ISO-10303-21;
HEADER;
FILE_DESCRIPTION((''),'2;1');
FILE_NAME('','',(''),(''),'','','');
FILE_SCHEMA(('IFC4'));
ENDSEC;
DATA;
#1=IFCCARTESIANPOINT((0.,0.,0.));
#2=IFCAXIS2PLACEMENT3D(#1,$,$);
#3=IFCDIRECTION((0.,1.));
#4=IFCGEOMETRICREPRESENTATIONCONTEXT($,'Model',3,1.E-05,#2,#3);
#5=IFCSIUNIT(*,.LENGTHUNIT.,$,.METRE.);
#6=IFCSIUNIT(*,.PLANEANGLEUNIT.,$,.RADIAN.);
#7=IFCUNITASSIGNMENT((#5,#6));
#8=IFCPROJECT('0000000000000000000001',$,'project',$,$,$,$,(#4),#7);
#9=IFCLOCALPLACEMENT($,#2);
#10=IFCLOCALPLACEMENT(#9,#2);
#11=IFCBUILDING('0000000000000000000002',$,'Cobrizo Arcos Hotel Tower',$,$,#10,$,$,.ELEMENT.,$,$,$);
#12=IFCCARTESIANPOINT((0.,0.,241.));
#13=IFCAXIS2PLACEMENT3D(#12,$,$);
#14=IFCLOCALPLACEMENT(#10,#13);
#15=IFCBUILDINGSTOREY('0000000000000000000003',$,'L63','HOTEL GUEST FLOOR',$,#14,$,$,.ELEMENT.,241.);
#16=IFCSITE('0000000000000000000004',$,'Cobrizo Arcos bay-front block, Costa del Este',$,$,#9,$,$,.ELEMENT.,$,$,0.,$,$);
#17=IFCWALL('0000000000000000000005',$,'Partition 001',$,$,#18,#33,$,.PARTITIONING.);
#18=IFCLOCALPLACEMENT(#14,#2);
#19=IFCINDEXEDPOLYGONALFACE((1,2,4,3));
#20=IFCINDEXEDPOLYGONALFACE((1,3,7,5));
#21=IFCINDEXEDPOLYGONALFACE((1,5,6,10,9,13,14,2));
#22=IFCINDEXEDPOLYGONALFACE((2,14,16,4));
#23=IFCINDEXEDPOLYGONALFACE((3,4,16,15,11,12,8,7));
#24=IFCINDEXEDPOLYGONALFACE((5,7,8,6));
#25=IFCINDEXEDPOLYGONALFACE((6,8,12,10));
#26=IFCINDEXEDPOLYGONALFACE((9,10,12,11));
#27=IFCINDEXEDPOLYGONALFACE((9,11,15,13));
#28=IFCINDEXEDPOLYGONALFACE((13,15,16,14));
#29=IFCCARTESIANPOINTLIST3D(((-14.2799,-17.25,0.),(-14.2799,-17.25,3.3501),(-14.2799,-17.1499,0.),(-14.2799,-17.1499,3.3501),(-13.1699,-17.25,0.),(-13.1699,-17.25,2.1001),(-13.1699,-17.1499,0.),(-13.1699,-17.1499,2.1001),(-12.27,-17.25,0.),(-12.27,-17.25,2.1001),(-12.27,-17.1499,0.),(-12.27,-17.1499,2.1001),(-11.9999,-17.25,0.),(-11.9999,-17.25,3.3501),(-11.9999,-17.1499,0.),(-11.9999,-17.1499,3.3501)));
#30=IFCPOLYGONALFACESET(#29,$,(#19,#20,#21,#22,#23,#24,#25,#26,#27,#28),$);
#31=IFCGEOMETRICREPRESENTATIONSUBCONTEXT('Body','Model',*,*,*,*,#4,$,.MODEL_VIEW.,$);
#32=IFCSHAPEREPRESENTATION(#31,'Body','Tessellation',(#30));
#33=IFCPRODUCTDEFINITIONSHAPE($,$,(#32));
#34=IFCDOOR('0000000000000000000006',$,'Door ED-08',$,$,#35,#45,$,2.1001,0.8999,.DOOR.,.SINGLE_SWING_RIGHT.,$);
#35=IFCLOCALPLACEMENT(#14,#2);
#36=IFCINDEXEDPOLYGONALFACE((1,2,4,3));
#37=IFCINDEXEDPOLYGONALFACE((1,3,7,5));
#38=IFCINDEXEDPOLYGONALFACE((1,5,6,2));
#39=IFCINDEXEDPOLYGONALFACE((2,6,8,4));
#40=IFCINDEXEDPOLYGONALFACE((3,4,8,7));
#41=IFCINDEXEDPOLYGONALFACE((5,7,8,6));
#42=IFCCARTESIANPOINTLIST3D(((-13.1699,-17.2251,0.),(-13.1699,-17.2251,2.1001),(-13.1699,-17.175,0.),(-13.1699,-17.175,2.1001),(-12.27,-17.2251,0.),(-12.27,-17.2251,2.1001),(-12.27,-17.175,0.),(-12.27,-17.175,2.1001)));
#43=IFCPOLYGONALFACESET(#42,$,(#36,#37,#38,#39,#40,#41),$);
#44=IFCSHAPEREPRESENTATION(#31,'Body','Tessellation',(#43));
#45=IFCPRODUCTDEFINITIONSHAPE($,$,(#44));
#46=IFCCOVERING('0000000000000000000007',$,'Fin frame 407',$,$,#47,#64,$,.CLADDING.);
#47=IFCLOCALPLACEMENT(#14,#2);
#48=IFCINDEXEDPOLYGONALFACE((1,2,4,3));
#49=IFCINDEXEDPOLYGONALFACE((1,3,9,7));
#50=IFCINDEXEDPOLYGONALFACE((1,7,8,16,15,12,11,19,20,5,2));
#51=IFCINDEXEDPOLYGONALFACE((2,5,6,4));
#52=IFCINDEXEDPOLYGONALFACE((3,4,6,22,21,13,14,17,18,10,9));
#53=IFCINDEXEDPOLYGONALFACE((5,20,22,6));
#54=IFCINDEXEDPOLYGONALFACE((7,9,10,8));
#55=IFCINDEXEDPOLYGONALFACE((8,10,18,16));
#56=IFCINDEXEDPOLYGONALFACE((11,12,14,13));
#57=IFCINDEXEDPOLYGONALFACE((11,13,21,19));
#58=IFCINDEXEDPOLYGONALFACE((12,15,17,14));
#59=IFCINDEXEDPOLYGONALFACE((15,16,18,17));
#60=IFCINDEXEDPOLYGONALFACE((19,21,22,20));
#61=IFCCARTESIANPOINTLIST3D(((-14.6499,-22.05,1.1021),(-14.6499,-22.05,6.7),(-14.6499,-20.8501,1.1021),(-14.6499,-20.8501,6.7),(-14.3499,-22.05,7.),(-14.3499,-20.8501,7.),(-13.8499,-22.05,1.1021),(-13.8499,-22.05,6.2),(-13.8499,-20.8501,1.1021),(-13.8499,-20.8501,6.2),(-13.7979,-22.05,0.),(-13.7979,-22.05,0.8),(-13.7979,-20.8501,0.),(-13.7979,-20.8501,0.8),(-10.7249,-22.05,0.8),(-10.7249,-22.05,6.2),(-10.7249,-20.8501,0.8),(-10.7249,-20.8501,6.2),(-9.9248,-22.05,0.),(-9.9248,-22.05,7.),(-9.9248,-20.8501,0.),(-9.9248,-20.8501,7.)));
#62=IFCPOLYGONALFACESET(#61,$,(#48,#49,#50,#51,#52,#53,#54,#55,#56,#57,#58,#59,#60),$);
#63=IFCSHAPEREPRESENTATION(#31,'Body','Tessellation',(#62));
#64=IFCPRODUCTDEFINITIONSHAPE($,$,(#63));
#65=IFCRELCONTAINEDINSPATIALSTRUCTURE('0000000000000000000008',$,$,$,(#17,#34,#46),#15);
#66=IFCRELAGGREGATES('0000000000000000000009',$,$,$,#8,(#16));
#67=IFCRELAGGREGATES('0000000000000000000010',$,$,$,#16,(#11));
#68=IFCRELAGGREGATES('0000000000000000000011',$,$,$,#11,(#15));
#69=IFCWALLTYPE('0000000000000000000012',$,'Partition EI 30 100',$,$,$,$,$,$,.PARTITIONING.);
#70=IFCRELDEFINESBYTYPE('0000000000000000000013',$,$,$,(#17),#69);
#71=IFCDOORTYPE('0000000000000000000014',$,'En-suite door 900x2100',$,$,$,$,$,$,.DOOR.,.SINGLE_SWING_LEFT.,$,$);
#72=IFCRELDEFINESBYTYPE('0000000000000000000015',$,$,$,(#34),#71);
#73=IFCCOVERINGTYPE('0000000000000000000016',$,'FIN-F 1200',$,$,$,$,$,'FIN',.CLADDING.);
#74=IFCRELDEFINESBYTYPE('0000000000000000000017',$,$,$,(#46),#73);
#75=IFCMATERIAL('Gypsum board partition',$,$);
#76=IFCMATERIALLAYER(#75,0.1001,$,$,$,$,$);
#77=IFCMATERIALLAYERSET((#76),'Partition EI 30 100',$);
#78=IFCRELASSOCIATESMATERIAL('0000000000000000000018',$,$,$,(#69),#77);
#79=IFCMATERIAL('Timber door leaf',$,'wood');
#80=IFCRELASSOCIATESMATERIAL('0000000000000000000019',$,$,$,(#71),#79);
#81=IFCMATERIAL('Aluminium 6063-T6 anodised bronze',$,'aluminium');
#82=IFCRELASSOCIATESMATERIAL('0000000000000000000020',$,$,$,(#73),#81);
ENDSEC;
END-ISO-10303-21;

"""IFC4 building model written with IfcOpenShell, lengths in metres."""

from ifc_helpers import new_model, si_unit, direction, frame, frame_2d, origin, place, context, subcontext, project, spatial, polyline, rectangle, outline, extrude, material, layer, layer_set, type_object, element, fill, save


model = new_model("IFC4")

# Units and contexts
model_context = context("Model", 3, precision=1e-05, world=origin(), true_north=direction((0.0, 1.0)))
body_context = subcontext(model_context, "Body", "Model", "MODEL_VIEW")
ifc_project = project(units=[si_unit("LENGTHUNIT", "METRE"), si_unit("PLANEANGLEUNIT", "RADIAN")], contexts=[model_context])

# Site, building, storey
site_placement = place(None, origin())
site = spatial("IfcSite", under=ifc_project, at=site_placement, Name="Cobrizo Arcos bay-front block, Costa del Este", CompositionType="ELEMENT", RefElevation=0.0)
building_placement = place(site_placement, origin())
building = spatial("IfcBuilding", under=site, at=building_placement, Name="Cobrizo Arcos Hotel Tower", CompositionType="ELEMENT")
storey_placement = place(building_placement, frame((0.0, 0.0, 241.0)))
storey = spatial("IfcBuildingStorey", under=building, at=storey_placement, Name="L63", Description="HOTEL GUEST FLOOR", CompositionType="ELEMENT", Elevation=241.0)

# Shared definitions
ifc_material_1 = material(Name="Aluminium 6063-T6 anodised bronze", Category="aluminium")

# Wall, opening, door
ifc_material_2 = material(Name="Gypsum board partition")
ifc_layer_1 = layer(ifc_material_2, 0.1001)
ifc_layer_set_1 = layer_set([ifc_layer_1], Name="Partition EI 30 100")
wall_type = type_object("IfcWallType", Name="Partition EI 30 100", PredefinedType="PARTITIONING", material=ifc_layer_set_1)
wall_placement = place(storey_placement, frame((-14.28, -17.2, 0.0), z_axis=(0.0, 0.0, 1.0), x_axis=(1.0, 0.0, 0.0)))
wall = element("IfcWall", 1, at=wall_placement, inside=storey, type_object=wall_type, Name="Partition 001", PredefinedType="PARTITIONING", context=body_context, shape_type="SweptSolid", body=[
    extrude(rectangle(XDim=2.28, YDim=0.1001, at=frame_2d((1.1401, 0.0))), origin(), (0.0, 0.0, 1.0), 3.3501),
])
opening_placement = place(wall_placement, frame((1.1101, 0.0, 0.0)))
opening = element("IfcOpeningElement", 2, at=opening_placement, cuts=wall, PredefinedType="OPENING", context=body_context, shape_type="SweptSolid", body=[
    extrude(rectangle(XDim=0.8999, YDim=2.1001, at=frame_2d((0.45, 1.05))), frame((0.0, 0.062, 0.0), z_axis=(0.0, -1.0, 0.0), x_axis=(1.0, 0.0, 0.0)), (0.0, 0.0, 1.0), 0.124),
])
ifc_material_3 = material(Name="Timber door leaf", Category="wood")
door_type = type_object("IfcDoorType", Name="En-suite door 900x2100", OperationType="SINGLE_SWING_LEFT", PredefinedType="DOOR", material=ifc_material_3)
door_placement = place(opening_placement, origin())
door = element("IfcDoor", 3, at=door_placement, inside=storey, type_object=door_type, Name="Door ED-08", OperationType="SINGLE_SWING_RIGHT", OverallHeight=2.1001, OverallWidth=0.8999, PredefinedType="DOOR", context=body_context, shape_type="SweptSolid", body=[
    extrude(rectangle(XDim=0.8999, YDim=2.1001, at=frame_2d((0.45, 1.05))), frame((0.0, 0.0249, 0.0), z_axis=(0.0, -1.0, 0.0), x_axis=(1.0, 0.0, 0.0)), (0.0, 0.0, 1.0), 0.05),
])
fill(opening, door)

# Covering
covering_type = type_object("IfcCoveringType", Name="FIN-F 1200", ElementType="FIN", PredefinedType="CLADDING", material=ifc_material_1)
covering_placement = place(storey_placement, frame((-14.6499, -20.8501, 0.0), z_axis=(0.0, -1.0, 0.0), x_axis=(1.0, 0.0, 0.0)))
element("IfcCovering", 4, at=covering_placement, inside=storey, type_object=covering_type, Name="Fin frame 407", PredefinedType="CLADDING", context=body_context, shape_type="SweptSolid", body=[
    extrude(outline(polyline([(0.0, 6.7), (0.0, 1.1021), (0.8, 1.1021), (0.8, 6.2), (3.925, 6.2), (3.925, 0.8), (0.8521, 0.8), (0.8521, 0.0), (4.7251, 0.0), (4.7251, 7.0), (0.3, 7.0), (0.0, 6.7)])), origin(), (0.0, 0.0, 1.0), 1.2),
])

save(model, "model.ifc")
